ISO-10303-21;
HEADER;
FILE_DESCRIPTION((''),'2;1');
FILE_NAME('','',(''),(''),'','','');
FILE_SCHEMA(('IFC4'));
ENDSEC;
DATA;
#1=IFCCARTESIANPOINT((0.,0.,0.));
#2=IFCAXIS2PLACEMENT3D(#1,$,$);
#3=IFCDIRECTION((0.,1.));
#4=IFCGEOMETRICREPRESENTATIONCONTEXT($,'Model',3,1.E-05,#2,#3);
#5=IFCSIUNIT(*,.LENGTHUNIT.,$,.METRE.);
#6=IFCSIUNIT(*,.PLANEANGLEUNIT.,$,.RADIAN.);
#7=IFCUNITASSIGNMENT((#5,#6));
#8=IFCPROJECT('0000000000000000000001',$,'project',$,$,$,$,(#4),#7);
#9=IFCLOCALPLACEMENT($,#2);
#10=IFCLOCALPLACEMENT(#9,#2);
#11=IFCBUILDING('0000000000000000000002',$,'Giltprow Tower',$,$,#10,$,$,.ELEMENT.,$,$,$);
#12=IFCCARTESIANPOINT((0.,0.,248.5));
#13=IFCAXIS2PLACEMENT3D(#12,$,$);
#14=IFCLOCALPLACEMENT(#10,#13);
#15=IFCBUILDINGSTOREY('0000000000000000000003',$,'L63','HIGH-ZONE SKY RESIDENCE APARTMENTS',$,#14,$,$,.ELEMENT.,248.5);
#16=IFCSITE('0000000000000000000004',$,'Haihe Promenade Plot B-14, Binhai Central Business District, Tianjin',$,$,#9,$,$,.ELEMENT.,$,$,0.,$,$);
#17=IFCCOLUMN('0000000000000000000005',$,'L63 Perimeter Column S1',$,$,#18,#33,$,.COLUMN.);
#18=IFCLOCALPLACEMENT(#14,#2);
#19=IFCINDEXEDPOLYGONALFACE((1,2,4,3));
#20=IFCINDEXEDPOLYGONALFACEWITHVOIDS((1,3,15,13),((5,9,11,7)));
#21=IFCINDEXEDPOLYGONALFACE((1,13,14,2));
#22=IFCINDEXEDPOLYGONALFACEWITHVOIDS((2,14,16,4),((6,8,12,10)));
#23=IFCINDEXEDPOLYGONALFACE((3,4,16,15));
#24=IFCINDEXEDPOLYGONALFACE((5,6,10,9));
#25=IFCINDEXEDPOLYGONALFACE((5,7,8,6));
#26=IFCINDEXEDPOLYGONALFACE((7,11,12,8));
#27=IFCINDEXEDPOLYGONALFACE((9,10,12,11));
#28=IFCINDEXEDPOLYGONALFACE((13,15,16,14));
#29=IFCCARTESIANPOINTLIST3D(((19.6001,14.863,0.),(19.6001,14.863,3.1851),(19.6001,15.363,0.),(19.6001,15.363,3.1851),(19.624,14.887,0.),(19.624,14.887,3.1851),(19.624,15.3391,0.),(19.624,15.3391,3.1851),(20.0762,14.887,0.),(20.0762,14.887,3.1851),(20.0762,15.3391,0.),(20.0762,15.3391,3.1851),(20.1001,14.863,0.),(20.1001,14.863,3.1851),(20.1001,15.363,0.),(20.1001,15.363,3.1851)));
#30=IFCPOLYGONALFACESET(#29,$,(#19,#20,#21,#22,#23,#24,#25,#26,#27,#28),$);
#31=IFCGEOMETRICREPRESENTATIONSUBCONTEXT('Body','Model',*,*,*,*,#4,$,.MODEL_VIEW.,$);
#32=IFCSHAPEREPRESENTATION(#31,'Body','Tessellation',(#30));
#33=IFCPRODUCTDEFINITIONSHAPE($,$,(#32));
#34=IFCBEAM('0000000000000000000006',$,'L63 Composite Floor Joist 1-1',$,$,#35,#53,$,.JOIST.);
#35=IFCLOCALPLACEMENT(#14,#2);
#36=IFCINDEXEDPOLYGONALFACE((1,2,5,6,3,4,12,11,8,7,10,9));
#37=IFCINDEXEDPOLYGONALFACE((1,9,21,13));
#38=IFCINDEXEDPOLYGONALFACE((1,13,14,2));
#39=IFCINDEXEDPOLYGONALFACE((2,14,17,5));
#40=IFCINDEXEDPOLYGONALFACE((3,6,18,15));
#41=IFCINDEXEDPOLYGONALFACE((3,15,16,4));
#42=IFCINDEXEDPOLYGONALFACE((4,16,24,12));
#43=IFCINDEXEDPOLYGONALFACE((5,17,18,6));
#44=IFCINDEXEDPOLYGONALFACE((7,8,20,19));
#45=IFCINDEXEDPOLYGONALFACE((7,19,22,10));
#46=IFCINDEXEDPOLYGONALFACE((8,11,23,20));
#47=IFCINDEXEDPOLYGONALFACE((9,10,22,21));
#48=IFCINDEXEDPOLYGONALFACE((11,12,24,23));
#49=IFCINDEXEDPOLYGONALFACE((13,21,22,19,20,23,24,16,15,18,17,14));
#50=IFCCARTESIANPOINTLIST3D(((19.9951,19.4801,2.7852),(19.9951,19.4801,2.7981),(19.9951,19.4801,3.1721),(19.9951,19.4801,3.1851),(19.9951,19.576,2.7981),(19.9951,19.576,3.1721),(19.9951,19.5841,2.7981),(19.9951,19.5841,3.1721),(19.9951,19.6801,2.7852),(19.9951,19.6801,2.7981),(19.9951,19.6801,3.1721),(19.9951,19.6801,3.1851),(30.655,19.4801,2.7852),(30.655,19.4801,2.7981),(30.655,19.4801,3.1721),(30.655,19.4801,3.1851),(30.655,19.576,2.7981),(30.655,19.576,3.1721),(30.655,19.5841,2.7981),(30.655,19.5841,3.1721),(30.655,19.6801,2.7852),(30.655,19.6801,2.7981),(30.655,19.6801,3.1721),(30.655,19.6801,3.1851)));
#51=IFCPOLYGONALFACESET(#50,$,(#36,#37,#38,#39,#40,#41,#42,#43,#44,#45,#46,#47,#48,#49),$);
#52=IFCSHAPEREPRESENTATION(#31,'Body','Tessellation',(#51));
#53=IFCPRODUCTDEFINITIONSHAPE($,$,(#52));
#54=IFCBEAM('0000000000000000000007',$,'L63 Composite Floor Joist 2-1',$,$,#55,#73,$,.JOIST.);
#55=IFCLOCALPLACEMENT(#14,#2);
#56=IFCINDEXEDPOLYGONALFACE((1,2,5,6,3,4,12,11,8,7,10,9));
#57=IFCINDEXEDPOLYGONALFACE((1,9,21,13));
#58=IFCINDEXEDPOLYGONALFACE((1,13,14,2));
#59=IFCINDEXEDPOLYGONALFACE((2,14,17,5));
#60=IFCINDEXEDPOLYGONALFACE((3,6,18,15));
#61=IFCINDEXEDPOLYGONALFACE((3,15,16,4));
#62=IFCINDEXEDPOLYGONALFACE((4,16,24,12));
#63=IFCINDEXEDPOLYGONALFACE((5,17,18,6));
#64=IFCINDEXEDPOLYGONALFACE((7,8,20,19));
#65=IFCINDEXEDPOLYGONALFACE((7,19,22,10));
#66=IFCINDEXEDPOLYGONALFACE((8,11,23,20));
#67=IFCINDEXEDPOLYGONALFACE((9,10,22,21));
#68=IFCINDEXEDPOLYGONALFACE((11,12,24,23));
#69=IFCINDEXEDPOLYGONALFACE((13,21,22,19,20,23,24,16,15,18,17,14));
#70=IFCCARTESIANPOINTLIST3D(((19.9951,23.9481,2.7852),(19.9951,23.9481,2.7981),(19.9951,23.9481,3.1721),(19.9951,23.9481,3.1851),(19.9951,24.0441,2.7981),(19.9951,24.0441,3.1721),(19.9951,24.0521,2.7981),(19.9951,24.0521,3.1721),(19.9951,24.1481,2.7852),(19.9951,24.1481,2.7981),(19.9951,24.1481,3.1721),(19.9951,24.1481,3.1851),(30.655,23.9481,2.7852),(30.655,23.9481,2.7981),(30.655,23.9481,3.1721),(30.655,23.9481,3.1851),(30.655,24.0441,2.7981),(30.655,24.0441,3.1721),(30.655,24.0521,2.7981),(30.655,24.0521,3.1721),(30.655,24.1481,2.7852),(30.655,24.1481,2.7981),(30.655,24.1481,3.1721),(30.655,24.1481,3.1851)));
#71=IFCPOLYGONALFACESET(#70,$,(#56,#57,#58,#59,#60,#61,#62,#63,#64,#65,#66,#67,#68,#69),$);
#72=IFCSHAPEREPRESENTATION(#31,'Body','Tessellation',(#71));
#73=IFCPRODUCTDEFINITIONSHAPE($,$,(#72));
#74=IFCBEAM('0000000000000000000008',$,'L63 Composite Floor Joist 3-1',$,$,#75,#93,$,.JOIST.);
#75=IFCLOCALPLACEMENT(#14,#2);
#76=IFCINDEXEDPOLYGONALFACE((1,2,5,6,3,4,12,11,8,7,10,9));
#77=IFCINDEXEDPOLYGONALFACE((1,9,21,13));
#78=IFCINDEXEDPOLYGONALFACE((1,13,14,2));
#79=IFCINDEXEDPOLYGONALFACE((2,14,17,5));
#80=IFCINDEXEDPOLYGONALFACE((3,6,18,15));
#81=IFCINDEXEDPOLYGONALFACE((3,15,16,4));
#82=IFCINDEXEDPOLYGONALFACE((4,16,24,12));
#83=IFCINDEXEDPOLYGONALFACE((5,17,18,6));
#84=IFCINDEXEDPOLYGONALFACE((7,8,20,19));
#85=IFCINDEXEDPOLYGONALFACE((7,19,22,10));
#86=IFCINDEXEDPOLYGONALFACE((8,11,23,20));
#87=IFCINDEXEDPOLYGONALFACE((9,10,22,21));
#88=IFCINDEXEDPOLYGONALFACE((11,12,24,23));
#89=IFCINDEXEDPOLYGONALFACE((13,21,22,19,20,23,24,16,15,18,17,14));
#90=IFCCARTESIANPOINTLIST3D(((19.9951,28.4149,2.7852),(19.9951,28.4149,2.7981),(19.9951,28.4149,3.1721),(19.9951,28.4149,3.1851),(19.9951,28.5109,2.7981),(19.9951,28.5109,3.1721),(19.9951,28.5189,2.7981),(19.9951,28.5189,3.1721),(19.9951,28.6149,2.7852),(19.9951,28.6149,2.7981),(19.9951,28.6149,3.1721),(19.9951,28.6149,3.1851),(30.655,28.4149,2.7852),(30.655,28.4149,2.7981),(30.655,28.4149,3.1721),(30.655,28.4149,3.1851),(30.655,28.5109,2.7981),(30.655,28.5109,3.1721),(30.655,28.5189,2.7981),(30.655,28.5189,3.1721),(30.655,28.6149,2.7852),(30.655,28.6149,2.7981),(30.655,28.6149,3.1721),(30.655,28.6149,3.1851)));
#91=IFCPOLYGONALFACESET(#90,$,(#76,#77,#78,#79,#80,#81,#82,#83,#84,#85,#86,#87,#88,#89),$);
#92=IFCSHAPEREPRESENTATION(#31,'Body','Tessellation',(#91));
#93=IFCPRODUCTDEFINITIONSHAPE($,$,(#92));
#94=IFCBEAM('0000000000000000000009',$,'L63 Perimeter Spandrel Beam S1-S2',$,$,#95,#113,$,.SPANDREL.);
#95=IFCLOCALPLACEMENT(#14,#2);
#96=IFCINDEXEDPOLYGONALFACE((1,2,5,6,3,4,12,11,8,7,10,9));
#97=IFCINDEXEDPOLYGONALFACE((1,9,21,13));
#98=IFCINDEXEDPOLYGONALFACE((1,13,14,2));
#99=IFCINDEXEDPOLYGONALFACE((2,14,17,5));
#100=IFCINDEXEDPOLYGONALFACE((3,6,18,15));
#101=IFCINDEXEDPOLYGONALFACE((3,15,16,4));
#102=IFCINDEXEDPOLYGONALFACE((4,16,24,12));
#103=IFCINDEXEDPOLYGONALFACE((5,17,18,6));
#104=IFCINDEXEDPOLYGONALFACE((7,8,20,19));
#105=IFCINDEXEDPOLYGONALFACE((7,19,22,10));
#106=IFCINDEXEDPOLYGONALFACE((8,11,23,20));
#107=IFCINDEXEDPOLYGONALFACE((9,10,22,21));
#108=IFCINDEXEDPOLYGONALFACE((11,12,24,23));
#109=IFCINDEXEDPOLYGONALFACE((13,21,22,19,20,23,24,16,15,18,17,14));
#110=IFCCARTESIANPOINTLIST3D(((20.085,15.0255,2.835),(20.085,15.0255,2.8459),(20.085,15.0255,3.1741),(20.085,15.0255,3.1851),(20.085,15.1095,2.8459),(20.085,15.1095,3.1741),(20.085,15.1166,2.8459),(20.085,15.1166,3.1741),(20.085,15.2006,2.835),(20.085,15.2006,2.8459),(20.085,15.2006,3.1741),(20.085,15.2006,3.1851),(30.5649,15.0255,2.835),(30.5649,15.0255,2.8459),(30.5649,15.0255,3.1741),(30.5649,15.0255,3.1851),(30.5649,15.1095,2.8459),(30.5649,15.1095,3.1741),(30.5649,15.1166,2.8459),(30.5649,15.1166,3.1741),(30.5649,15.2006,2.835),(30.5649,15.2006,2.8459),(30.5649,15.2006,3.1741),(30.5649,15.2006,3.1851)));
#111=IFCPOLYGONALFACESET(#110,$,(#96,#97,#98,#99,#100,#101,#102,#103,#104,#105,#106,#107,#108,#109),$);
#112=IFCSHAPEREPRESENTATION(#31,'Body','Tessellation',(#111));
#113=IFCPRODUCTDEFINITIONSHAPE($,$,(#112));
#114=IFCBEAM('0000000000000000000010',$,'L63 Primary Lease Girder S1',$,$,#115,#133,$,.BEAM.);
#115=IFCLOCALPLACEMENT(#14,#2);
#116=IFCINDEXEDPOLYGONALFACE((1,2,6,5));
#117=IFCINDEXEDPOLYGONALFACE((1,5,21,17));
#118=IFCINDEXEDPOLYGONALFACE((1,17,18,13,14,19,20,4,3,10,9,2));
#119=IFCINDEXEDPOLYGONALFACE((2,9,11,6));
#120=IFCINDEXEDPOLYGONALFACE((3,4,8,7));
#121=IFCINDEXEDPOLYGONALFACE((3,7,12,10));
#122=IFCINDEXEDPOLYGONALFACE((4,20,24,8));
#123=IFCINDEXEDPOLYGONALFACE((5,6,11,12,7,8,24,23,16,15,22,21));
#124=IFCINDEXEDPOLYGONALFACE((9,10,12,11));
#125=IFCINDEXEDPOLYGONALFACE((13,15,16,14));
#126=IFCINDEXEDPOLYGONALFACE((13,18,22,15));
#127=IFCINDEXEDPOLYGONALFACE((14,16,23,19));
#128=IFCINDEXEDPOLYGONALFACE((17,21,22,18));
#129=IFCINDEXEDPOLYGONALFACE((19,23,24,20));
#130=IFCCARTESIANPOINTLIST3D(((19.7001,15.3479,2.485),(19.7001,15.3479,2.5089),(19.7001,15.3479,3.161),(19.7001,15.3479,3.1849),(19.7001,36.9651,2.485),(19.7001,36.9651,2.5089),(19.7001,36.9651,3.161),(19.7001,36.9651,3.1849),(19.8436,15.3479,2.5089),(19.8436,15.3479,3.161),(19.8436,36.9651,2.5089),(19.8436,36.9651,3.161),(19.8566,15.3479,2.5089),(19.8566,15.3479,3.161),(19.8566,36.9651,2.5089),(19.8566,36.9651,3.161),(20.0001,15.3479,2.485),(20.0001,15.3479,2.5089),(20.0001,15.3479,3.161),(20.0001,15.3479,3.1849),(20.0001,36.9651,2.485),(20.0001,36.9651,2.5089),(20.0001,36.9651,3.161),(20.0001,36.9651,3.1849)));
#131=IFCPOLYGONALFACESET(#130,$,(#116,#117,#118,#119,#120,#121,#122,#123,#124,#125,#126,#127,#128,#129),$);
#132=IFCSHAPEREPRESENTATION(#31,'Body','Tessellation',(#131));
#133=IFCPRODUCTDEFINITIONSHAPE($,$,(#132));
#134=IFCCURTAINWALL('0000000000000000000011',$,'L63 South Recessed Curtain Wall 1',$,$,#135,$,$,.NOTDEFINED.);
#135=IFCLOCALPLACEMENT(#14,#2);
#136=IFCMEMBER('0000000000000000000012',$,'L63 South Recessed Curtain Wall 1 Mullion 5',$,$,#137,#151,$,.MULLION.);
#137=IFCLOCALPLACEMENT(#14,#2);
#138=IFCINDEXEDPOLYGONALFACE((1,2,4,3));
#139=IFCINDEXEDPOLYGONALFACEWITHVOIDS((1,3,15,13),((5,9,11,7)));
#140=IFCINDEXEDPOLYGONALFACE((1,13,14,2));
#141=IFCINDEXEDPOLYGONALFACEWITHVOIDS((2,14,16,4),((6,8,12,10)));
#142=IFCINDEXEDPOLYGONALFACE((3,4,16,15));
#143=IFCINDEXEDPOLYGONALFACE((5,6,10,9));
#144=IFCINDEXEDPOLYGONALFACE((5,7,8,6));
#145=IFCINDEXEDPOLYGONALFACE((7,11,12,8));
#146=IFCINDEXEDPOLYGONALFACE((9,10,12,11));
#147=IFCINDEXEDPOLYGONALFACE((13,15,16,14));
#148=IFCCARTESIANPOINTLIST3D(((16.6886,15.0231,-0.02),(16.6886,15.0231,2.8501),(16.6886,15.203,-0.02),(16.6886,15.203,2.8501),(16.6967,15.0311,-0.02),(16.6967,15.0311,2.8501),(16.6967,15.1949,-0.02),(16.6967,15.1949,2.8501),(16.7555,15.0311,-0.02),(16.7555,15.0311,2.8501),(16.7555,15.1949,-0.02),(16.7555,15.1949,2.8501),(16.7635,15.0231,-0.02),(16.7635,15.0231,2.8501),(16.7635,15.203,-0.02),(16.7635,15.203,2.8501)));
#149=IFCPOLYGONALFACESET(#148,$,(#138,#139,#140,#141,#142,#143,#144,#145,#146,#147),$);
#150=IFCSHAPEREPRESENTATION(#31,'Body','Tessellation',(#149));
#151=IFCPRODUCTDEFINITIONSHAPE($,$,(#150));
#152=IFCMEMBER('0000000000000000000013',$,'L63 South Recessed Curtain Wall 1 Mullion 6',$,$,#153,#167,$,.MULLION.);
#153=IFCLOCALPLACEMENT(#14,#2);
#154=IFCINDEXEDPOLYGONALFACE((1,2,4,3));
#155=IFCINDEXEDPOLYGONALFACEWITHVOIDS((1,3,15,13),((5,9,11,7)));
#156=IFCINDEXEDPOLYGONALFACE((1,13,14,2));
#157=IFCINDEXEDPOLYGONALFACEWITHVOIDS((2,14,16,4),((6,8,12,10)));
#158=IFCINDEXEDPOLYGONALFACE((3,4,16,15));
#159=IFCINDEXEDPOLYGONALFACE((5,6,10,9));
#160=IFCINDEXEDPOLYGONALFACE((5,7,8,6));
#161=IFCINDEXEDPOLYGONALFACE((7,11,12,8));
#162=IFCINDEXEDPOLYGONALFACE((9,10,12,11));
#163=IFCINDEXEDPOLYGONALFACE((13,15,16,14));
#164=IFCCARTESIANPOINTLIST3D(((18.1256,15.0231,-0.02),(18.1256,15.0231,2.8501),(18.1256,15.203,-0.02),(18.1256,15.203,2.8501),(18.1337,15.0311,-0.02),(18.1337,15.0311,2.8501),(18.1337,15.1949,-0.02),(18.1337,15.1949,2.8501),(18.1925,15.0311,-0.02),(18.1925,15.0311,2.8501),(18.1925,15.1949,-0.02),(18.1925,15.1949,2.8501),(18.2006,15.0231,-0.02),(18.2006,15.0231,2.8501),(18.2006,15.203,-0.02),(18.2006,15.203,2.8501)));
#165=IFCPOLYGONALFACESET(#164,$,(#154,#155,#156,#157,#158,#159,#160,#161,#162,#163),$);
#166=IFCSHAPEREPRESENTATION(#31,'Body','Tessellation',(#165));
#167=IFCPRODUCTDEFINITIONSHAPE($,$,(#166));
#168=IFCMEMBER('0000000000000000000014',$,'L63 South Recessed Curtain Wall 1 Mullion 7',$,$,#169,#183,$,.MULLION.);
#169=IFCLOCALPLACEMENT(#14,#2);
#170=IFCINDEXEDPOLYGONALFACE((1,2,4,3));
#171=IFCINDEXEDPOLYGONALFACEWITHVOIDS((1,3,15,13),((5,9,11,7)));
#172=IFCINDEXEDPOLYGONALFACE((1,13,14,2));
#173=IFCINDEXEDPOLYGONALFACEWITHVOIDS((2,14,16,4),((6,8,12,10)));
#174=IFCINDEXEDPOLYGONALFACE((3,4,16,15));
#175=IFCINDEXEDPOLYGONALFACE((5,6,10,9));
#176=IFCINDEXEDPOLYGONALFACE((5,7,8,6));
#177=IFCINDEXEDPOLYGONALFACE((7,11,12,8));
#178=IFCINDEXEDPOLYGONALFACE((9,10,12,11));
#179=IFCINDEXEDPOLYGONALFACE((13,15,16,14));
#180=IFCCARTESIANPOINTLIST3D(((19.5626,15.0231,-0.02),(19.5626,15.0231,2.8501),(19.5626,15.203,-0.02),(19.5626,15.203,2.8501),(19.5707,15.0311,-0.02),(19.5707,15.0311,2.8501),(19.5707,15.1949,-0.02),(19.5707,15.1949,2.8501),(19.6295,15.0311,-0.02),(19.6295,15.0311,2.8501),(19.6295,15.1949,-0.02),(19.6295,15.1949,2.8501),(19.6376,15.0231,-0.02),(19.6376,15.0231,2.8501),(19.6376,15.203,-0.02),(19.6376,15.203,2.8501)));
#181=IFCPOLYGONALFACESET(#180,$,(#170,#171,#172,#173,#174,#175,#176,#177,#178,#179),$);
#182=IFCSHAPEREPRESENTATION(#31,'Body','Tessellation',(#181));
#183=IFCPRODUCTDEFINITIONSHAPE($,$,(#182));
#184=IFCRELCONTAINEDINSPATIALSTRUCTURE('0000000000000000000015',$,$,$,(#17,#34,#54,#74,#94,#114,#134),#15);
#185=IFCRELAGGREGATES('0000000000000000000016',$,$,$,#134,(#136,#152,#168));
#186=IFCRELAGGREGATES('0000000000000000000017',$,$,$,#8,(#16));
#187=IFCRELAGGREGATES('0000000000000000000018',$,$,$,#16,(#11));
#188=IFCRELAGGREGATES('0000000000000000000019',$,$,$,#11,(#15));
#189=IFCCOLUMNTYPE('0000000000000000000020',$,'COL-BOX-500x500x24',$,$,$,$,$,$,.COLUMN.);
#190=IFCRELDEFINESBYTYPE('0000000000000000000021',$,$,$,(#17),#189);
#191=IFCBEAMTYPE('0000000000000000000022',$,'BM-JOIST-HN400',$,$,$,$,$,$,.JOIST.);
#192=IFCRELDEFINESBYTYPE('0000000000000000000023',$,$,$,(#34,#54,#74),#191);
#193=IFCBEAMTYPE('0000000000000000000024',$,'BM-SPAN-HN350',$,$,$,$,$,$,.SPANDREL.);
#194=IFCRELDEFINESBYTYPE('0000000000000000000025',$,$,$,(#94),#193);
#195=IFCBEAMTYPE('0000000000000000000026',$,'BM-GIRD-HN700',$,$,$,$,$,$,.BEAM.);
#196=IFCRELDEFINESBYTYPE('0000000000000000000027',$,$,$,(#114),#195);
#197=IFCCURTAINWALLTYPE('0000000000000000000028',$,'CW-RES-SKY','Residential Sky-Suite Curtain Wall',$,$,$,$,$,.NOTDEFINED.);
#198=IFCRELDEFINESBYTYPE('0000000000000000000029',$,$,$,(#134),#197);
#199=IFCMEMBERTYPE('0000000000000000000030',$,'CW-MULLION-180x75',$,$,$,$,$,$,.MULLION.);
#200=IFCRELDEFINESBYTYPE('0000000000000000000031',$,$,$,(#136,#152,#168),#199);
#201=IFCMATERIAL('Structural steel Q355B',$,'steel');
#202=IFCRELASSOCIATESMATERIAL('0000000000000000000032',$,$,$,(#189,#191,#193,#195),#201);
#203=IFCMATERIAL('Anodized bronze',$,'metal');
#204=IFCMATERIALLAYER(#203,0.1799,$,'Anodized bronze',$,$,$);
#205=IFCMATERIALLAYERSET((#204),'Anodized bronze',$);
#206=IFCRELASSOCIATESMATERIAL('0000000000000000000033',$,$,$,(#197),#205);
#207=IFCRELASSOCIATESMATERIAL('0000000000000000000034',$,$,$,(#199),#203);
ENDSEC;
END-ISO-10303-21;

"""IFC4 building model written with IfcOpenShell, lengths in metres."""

from ifc_helpers import new_model, si_unit, direction, frame, origin, origin_2d, place, context, subcontext, project, spatial, hollow_rectangle, i_section, extrude, source, transform, mapped, material, layer, layer_set, material_profile, profile_set, type_object, element, aggregate, save


model = new_model("IFC4")

# Units and contexts
model_context = context("Model", 3, precision=1e-05, world=origin(), true_north=direction((0.0, 1.0)))
body_context = subcontext(model_context, "Body", "Model", "MODEL_VIEW")
ifc_project = project(units=[si_unit("LENGTHUNIT", "METRE"), si_unit("PLANEANGLEUNIT", "RADIAN")], contexts=[model_context])

# Site, building, storey
site_placement = place(None, origin())
site = spatial("IfcSite", under=ifc_project, at=site_placement, Name="Haihe Promenade Plot B-14, Binhai Central Business District, Tianjin", CompositionType="ELEMENT", RefElevation=0.0)
building_placement = place(site_placement, origin())
building = spatial("IfcBuilding", under=site, at=building_placement, Name="Giltprow Tower", CompositionType="ELEMENT")
storey_placement = place(building_placement, frame((0.0, 0.0, 248.5)))
storey = spatial("IfcBuildingStorey", under=building, at=storey_placement, Name="L63", Description="HIGH-ZONE SKY RESIDENCE APARTMENTS", CompositionType="ELEMENT", Elevation=248.5)

# Column
ifc_material_1 = material(Name="Structural steel Q355B", Category="steel")
ifc_material_profile_1 = material_profile(ifc_material_1, hollow_rectangle(XDim=0.5, YDim=0.5, WallThickness=0.0239, at=origin_2d()), Name="BOX 500x500x24")
ifc_profile_set_1 = profile_set([ifc_material_profile_1], Name="Structural steel Q355B")
column_type = type_object("IfcColumnType", Name="COL-BOX-500x500x24", PredefinedType="COLUMN", material=ifc_profile_set_1)
shared_shape_1 = source(origin(), body_context, "Body", "SweptSolid", [
    extrude(hollow_rectangle(XDim=0.5, YDim=0.5, WallThickness=0.0239, at=origin_2d()), origin(), (0.0, 0.0, 1.0), 3.1851),
])
column_placement = place(storey_placement, frame((19.8501, 15.113, 0.0), z_axis=(0.0, 0.0, 1.0), x_axis=(1.0, 0.0, 0.0)))
element("IfcColumn", 1, at=column_placement, inside=storey, type_object=column_type, Name="L63 Perimeter Column S1", PredefinedType="COLUMN", context=body_context, shape_type="MappedRepresentation", body=[
    mapped(shared_shape_1, transform((0.0, 0.0, 0.0), x_axis=(1.0, 0.0, 0.0), y_axis=(0.0, 1.0, 0.0), z_axis=(0.0, 0.0, 1.0), scale=1.0)),
])

# Beams
ifc_material_profile_2 = material_profile(ifc_material_1, i_section(OverallWidth=0.2, OverallDepth=0.3999, WebThickness=0.0081, FlangeThickness=0.0129, at=origin_2d()), Name="HN 400x200x8x13")
ifc_profile_set_2 = profile_set([ifc_material_profile_2], Name="Structural steel Q355B")
beam_type_1 = type_object("IfcBeamType", Name="BM-JOIST-HN400", PredefinedType="JOIST", material=ifc_profile_set_2)
shared_shape_2 = source(origin(), body_context, "Body", "SweptSolid", [
    extrude(i_section(OverallWidth=0.2, OverallDepth=0.3999, WebThickness=0.0081, FlangeThickness=0.0129, at=origin_2d()), origin(), (0.0, 0.0, 1.0), 10.6599),
])
for number, where, z_axis, x_axis, name in (
    (2, (19.9951, 19.5801, 2.9851), (1.0, 0.0, 0.0), (0.0, 1.0, 0.0), "L63 Composite Floor Joist 1-1"),
    (3, (19.9951, 24.0481, 2.9851), (1.0, 0.0, 0.0), (0.0, 1.0, 0.0), "L63 Composite Floor Joist 2-1"),
    (4, (19.9951, 28.5149, 2.9851), (1.0, 0.0, 0.0), (0.0, 1.0, 0.0), "L63 Composite Floor Joist 3-1"),
):
    element("IfcBeam", number, at=place(storey_placement, frame(where, z_axis=z_axis, x_axis=x_axis)), inside=storey, type_object=beam_type_1, Name=name, PredefinedType="JOIST", context=body_context, shape_type="MappedRepresentation", body=[
        mapped(shared_shape_2, transform((0.0, 0.0, 0.0), x_axis=(1.0, 0.0, 0.0), y_axis=(0.0, 1.0, 0.0), z_axis=(0.0, 0.0, 1.0), scale=1.0)),
    ])
ifc_material_profile_3 = material_profile(ifc_material_1, i_section(OverallWidth=0.175, OverallDepth=0.3501, WebThickness=0.0071, FlangeThickness=0.011, at=origin_2d()), Name="HN 350x175x7x11")
ifc_profile_set_3 = profile_set([ifc_material_profile_3], Name="Structural steel Q355B")
beam_type_2 = type_object("IfcBeamType", Name="BM-SPAN-HN350", PredefinedType="SPANDREL", material=ifc_profile_set_3)
shared_shape_3 = source(origin(), body_context, "Body", "SweptSolid", [
    extrude(i_section(OverallWidth=0.175, OverallDepth=0.3501, WebThickness=0.0071, FlangeThickness=0.011, at=origin_2d()), origin(), (0.0, 0.0, 1.0), 10.48),
])
beam_1_placement = place(storey_placement, frame((20.085, 15.113, 3.01), z_axis=(1.0, 0.0, 0.0), x_axis=(0.0, 1.0, 0.0)))
element("IfcBeam", 5, at=beam_1_placement, inside=storey, type_object=beam_type_2, Name="L63 Perimeter Spandrel Beam S1-S2", PredefinedType="SPANDREL", context=body_context, shape_type="MappedRepresentation", body=[
    mapped(shared_shape_3, transform((0.0, 0.0, 0.0), x_axis=(1.0, 0.0, 0.0), y_axis=(0.0, 1.0, 0.0), z_axis=(0.0, 0.0, 1.0), scale=1.0)),
])
ifc_material_profile_4 = material_profile(ifc_material_1, i_section(OverallWidth=0.3, OverallDepth=0.7, WebThickness=0.0129, FlangeThickness=0.0239, at=origin_2d()), Name="HN 700x300x13x24")
ifc_profile_set_4 = profile_set([ifc_material_profile_4], Name="Structural steel Q355B")
beam_type_3 = type_object("IfcBeamType", Name="BM-GIRD-HN700", PredefinedType="BEAM", material=ifc_profile_set_4)
shared_shape_4 = source(origin(), body_context, "Body", "SweptSolid", [
    extrude(i_section(OverallWidth=0.3, OverallDepth=0.7, WebThickness=0.0129, FlangeThickness=0.0239, at=origin_2d()), origin(), (0.0, 0.0, 1.0), 21.6172),
])
beam_2_placement = place(storey_placement, frame((19.8501, 15.3479, 2.835), z_axis=(0.0, 1.0, 0.0), x_axis=(-1.0, 0.0, 0.0)))
element("IfcBeam", 6, at=beam_2_placement, inside=storey, type_object=beam_type_3, Name="L63 Primary Lease Girder S1", PredefinedType="BEAM", context=body_context, shape_type="MappedRepresentation", body=[
    mapped(shared_shape_4, transform((0.0, 0.0, 0.0), x_axis=(1.0, 0.0, 0.0), y_axis=(0.0, 1.0, 0.0), z_axis=(0.0, 0.0, 1.0), scale=1.0)),
])

# Curtain wall, members
ifc_material_2 = material(Name="Anodized bronze", Category="metal")
ifc_layer_1 = layer(ifc_material_2, 0.1799, Name="Anodized bronze")
ifc_layer_set_1 = layer_set([ifc_layer_1], Name="Anodized bronze")
curtain_wall_type = type_object("IfcCurtainWallType", Name="CW-RES-SKY", Description="Residential Sky-Suite Curtain Wall", PredefinedType="NOTDEFINED", material=ifc_layer_set_1)
curtain_wall_placement = place(storey_placement, origin())
curtain_wall = element("IfcCurtainWall", 7, at=curtain_wall_placement, inside=storey, type_object=curtain_wall_type, Name="L63 South Recessed Curtain Wall 1", PredefinedType="NOTDEFINED")
ifc_material_profile_5 = material_profile(ifc_material_2, hollow_rectangle(XDim=0.075, YDim=0.1799, WallThickness=0.0081, at=origin_2d()), Name="RHS 180x75x8")
ifc_profile_set_5 = profile_set([ifc_material_profile_5], Name="Anodized bronze")
member_type = type_object("IfcMemberType", Name="CW-MULLION-180x75", PredefinedType="MULLION", material=ifc_profile_set_5)
shared_shape_5 = source(origin(), body_context, "Body", "SweptSolid", [
    extrude(hollow_rectangle(XDim=0.075, YDim=0.1799, WallThickness=0.0081, at=origin_2d()), origin(), (0.0, 0.0, 1.0), 2.8701),
])
member_1_placement = place(storey_placement, frame((16.7261, 15.113, -0.02), z_axis=(0.0, 0.0, 1.0), x_axis=(1.0, 0.0, 0.0)))
member_1 = element("IfcMember", 8, at=member_1_placement, type_object=member_type, Name="L63 South Recessed Curtain Wall 1 Mullion 5", PredefinedType="MULLION", context=body_context, shape_type="MappedRepresentation", body=[
    mapped(shared_shape_5, transform((0.0, 0.0, 0.0), x_axis=(1.0, 0.0, 0.0), y_axis=(0.0, 1.0, 0.0), z_axis=(0.0, 0.0, 1.0), scale=1.0)),
])
member_2_placement = place(storey_placement, frame((18.1631, 15.113, -0.02), z_axis=(0.0, 0.0, 1.0), x_axis=(1.0, 0.0, 0.0)))
member_2 = element("IfcMember", 9, at=member_2_placement, type_object=member_type, Name="L63 South Recessed Curtain Wall 1 Mullion 6", PredefinedType="MULLION", context=body_context, shape_type="MappedRepresentation", body=[
    mapped(shared_shape_5, transform((0.0, 0.0, 0.0), x_axis=(1.0, 0.0, 0.0), y_axis=(0.0, 1.0, 0.0), z_axis=(0.0, 0.0, 1.0), scale=1.0)),
])
member_3_placement = place(storey_placement, frame((19.6001, 15.113, -0.02), z_axis=(0.0, 0.0, 1.0), x_axis=(1.0, 0.0, 0.0)))
member_3 = element("IfcMember", 10, at=member_3_placement, type_object=member_type, Name="L63 South Recessed Curtain Wall 1 Mullion 7", PredefinedType="MULLION", context=body_context, shape_type="MappedRepresentation", body=[
    mapped(shared_shape_5, transform((0.0, 0.0, 0.0), x_axis=(1.0, 0.0, 0.0), y_axis=(0.0, 1.0, 0.0), z_axis=(0.0, 0.0, 1.0), scale=1.0)),
])
aggregate(curtain_wall, [member_1, member_2, member_3])

save(model, "model.ifc")
